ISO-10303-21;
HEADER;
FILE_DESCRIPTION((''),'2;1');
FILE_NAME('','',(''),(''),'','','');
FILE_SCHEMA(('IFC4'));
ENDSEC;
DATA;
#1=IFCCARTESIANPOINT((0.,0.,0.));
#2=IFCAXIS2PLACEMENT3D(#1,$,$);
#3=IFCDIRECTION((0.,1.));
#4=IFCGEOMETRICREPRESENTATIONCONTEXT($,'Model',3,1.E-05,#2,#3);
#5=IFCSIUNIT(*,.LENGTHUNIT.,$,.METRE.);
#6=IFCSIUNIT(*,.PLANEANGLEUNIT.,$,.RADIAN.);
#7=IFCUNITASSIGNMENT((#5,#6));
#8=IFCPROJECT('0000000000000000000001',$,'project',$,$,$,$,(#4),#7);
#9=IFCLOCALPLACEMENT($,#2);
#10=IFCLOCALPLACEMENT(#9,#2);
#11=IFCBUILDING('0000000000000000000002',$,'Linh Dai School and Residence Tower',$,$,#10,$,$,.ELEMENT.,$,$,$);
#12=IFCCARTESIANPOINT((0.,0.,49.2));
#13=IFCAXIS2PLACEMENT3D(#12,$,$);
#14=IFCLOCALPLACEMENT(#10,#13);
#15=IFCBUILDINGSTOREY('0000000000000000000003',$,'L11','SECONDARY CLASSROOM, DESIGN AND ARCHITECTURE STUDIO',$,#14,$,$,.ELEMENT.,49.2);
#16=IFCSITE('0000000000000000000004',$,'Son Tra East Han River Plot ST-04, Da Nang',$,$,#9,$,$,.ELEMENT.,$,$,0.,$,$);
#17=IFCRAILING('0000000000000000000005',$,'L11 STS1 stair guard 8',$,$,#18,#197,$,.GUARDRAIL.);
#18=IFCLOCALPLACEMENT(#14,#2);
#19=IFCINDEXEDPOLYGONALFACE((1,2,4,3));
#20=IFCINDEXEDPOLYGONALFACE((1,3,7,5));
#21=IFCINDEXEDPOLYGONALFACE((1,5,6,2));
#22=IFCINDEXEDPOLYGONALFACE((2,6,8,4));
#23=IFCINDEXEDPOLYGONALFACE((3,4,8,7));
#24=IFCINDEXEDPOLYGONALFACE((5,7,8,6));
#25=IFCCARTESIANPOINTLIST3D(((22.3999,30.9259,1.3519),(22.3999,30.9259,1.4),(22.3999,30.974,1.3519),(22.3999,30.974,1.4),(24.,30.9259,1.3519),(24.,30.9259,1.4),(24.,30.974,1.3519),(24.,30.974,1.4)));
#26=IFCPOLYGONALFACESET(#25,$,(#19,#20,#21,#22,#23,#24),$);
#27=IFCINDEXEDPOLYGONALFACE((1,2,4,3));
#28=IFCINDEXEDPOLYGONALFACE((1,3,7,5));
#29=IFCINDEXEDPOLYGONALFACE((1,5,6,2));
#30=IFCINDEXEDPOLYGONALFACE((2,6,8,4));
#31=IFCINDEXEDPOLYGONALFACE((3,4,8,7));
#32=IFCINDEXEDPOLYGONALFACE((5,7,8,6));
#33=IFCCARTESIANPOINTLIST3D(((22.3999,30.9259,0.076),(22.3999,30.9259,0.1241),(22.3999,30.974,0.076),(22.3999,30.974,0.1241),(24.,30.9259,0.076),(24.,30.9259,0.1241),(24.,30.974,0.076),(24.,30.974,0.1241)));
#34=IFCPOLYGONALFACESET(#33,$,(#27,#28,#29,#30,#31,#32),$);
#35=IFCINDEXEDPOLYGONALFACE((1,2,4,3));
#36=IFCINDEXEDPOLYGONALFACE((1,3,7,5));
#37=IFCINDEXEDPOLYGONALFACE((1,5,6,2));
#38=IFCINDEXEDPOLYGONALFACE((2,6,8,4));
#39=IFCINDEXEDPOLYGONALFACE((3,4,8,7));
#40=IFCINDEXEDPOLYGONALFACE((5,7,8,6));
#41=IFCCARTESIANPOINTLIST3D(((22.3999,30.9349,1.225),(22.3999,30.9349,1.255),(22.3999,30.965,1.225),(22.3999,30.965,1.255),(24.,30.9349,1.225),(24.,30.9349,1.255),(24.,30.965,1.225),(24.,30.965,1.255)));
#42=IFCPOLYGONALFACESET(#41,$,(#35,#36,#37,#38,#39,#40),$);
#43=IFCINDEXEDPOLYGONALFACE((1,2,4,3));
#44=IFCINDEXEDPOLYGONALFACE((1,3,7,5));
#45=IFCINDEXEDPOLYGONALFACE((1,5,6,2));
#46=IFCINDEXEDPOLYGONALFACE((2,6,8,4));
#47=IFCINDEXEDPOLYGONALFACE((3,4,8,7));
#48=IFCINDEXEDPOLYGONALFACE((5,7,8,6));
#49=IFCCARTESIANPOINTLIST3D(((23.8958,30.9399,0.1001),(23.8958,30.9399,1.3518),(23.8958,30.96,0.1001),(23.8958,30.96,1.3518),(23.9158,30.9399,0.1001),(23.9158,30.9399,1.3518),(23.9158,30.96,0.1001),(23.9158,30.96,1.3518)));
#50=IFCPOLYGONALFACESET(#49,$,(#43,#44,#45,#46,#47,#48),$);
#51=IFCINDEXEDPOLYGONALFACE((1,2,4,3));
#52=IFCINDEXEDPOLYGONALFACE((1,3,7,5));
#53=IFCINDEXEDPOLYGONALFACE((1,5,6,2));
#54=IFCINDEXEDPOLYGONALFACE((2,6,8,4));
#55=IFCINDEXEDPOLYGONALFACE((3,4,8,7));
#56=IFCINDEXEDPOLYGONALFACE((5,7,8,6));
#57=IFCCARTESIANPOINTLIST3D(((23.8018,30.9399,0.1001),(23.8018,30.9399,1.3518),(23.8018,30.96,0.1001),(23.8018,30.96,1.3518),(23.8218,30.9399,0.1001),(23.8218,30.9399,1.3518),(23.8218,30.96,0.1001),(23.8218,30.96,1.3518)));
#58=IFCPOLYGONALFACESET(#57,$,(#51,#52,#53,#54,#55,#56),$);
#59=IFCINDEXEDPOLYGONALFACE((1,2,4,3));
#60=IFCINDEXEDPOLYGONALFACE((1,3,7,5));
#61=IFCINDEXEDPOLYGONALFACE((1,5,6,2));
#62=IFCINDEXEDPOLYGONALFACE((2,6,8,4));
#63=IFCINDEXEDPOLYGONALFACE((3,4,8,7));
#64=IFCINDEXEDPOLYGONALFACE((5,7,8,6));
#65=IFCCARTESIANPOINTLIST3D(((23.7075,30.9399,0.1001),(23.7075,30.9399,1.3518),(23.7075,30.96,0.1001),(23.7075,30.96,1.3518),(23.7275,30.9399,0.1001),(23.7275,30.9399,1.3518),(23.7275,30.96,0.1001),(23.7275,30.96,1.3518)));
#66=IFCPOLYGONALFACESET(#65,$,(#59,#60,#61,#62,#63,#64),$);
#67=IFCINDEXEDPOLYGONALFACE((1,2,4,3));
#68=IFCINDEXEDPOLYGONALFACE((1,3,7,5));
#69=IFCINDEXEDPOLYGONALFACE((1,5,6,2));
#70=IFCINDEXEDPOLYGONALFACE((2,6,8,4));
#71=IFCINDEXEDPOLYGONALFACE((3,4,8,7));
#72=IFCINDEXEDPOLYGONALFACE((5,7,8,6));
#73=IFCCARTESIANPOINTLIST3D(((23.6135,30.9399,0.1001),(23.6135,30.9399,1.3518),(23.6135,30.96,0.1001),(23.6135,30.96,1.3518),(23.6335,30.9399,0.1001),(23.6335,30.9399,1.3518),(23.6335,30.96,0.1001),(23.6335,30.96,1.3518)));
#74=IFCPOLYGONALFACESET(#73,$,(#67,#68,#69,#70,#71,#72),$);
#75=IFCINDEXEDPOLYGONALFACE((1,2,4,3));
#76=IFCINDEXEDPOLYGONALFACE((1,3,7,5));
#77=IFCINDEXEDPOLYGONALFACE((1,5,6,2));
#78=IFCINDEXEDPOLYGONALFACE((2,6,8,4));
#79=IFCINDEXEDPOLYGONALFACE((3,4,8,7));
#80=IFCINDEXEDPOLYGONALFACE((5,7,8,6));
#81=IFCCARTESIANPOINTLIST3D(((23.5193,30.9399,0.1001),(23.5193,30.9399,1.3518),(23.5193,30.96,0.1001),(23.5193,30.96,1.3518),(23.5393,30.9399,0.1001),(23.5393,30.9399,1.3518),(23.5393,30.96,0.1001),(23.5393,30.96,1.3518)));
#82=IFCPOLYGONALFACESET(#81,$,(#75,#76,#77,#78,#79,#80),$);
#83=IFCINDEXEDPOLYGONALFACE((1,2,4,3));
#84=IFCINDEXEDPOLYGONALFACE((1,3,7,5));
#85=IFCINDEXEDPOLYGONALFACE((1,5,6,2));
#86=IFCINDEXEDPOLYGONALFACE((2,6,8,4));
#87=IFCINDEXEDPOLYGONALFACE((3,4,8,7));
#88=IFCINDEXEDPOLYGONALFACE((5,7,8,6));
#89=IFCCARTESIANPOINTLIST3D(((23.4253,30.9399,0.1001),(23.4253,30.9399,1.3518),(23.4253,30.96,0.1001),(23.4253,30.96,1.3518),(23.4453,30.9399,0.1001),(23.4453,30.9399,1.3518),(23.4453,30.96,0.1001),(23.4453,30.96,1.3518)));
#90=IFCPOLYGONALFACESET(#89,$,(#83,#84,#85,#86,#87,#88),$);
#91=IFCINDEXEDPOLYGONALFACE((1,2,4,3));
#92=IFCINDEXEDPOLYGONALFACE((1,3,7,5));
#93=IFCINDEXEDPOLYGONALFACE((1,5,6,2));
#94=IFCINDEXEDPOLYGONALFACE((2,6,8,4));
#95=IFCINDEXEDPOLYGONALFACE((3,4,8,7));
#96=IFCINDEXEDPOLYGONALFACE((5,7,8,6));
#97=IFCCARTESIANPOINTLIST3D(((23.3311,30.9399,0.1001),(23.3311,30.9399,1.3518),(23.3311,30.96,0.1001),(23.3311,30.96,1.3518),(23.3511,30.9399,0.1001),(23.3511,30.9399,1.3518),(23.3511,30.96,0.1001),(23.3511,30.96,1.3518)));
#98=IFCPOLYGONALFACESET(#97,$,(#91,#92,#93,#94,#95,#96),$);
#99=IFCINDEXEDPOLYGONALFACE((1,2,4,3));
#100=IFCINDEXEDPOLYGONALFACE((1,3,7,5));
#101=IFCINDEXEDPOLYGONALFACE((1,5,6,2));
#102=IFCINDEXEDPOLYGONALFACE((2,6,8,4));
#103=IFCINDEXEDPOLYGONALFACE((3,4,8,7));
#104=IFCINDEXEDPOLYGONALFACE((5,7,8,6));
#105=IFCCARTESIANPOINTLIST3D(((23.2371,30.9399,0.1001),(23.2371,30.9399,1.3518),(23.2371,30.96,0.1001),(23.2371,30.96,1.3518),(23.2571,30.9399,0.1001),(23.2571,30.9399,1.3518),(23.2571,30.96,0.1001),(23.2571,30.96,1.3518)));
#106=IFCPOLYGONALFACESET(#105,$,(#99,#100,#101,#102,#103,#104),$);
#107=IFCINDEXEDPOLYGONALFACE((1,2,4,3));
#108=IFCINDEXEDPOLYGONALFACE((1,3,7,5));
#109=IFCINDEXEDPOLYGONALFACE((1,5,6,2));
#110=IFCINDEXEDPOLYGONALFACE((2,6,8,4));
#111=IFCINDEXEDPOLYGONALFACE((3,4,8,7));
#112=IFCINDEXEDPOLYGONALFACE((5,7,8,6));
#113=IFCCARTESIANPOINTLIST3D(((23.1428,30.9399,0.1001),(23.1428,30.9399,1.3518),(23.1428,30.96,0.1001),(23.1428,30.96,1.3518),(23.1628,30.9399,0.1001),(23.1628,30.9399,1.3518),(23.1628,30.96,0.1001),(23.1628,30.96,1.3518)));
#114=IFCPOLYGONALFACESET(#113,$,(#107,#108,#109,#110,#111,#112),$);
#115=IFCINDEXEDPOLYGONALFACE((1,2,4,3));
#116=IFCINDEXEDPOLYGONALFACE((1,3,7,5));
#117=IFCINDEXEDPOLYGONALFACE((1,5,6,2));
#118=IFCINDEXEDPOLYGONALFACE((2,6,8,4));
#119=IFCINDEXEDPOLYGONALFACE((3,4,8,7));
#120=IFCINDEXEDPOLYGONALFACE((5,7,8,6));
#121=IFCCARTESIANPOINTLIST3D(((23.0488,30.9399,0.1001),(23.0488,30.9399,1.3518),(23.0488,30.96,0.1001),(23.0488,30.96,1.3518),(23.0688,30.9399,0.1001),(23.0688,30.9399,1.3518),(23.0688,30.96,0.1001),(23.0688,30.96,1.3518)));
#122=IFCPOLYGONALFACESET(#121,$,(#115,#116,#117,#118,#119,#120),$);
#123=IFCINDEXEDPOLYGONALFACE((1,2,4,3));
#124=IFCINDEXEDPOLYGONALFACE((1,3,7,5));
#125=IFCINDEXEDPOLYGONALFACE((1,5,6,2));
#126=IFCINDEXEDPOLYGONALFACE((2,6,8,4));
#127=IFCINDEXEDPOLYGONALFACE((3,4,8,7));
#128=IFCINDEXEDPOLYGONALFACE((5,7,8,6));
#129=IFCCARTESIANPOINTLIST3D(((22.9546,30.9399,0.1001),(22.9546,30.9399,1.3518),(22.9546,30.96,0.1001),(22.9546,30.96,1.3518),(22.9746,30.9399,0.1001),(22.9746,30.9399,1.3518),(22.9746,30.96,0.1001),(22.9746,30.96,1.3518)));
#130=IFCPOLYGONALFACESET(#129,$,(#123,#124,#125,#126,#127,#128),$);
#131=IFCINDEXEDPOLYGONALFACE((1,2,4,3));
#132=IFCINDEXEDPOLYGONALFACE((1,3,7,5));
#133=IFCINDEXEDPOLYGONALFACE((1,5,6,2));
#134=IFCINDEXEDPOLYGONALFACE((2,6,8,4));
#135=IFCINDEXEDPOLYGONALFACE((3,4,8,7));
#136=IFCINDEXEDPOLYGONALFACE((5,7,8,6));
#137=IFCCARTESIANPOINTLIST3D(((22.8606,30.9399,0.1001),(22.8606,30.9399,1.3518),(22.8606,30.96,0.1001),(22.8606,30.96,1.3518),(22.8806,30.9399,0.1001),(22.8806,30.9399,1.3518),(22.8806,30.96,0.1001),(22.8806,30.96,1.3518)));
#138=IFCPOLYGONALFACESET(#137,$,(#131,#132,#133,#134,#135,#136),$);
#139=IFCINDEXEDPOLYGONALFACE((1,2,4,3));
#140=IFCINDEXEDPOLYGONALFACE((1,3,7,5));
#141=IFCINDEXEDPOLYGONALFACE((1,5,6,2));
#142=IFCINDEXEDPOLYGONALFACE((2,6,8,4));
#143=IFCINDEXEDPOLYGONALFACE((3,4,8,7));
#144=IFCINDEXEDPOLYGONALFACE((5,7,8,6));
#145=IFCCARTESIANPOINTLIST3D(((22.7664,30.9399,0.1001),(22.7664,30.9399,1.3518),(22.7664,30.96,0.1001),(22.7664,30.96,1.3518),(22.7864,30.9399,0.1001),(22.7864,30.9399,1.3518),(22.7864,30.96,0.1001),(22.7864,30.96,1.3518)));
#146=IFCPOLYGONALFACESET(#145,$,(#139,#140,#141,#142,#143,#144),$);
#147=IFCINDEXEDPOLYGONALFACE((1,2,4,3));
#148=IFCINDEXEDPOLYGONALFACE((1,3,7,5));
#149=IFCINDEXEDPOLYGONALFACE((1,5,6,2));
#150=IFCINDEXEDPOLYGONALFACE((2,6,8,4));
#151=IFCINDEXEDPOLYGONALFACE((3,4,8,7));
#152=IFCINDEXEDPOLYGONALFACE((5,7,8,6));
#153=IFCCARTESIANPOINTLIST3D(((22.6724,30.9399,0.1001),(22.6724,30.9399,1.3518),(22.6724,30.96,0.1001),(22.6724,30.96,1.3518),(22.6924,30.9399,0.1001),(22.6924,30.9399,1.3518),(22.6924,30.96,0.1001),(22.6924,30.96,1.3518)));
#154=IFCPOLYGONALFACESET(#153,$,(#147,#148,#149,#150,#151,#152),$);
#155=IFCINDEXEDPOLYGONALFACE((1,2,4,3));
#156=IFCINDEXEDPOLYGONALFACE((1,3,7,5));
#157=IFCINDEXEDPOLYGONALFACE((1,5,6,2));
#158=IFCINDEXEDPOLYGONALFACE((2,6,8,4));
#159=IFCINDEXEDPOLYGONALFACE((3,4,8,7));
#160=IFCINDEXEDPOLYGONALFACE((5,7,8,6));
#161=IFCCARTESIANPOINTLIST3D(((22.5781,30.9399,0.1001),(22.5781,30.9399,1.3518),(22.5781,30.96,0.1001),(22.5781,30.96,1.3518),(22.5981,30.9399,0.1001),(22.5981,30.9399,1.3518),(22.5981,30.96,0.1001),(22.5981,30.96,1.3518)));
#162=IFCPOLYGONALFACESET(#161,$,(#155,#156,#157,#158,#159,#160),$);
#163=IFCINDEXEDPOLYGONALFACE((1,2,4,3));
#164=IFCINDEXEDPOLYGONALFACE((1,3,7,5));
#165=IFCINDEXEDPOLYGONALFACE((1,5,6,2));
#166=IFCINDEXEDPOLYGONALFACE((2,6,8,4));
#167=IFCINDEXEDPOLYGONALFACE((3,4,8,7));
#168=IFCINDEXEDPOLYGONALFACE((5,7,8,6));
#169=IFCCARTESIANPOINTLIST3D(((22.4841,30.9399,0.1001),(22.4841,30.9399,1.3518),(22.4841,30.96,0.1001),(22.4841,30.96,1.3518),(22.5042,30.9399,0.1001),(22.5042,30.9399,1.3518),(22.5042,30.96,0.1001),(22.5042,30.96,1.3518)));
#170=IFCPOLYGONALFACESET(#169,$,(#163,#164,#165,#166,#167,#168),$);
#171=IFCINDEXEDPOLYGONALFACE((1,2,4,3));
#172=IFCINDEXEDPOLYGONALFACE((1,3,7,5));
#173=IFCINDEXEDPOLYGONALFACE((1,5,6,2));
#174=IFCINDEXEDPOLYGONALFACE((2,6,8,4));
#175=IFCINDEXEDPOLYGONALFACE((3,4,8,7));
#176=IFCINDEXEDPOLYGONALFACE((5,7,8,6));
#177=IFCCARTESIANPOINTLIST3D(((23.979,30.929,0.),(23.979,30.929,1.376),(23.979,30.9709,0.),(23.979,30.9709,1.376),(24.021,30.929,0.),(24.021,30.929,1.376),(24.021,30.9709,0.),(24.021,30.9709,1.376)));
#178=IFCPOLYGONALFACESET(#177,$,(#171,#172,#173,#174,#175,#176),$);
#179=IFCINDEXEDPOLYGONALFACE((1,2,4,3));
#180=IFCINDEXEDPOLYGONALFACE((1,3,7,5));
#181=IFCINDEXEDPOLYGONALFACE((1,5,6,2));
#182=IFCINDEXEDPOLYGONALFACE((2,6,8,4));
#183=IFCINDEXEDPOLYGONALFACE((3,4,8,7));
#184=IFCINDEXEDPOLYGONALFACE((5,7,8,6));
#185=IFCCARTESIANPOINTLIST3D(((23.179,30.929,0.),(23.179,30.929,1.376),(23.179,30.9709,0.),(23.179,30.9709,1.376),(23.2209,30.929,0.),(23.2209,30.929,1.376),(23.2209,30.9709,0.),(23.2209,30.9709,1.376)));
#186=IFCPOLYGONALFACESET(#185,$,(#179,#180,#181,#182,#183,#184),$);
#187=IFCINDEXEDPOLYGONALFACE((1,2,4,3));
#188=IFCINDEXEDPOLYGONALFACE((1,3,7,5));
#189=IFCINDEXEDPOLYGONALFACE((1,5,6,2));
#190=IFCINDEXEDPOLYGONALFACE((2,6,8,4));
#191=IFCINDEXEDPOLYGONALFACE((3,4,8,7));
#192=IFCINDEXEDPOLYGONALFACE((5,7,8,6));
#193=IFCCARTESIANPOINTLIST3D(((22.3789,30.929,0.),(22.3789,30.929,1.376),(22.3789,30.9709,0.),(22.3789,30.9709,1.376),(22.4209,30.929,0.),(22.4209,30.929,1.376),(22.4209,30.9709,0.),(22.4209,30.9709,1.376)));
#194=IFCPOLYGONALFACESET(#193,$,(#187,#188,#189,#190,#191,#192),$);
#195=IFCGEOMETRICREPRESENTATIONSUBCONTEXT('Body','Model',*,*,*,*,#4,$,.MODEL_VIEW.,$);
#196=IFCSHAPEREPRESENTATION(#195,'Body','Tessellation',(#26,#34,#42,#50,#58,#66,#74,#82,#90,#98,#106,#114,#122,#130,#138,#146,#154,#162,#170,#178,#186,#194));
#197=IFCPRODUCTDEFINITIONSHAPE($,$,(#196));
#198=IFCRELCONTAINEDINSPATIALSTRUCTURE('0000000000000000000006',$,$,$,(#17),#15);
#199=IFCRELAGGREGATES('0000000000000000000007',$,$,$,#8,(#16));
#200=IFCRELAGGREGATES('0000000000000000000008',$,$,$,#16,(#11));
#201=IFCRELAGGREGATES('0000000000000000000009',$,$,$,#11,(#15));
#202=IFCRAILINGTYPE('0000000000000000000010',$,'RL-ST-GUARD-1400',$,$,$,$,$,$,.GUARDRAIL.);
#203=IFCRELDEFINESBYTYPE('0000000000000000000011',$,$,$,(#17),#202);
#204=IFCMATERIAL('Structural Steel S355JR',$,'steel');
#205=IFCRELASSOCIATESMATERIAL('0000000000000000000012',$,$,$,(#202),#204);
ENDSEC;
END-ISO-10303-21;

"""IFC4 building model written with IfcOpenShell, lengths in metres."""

from ifc_helpers import new_model, si_unit, direction, frame, origin, origin_2d, place, context, subcontext, project, spatial, rectangle, extrude, source, transform, mapped, material, type_object, element, save


model = new_model("IFC4")

# Units and contexts
model_context = context("Model", 3, precision=1e-05, world=origin(), true_north=direction((0.0, 1.0)))
body_context = subcontext(model_context, "Body", "Model", "MODEL_VIEW")
ifc_project = project(units=[si_unit("LENGTHUNIT", "METRE"), si_unit("PLANEANGLEUNIT", "RADIAN")], contexts=[model_context])

# Site, building, storey
site_placement = place(None, origin())
site = spatial("IfcSite", under=ifc_project, at=site_placement, Name="Son Tra East Han River Plot ST-04, Da Nang", CompositionType="ELEMENT", RefElevation=0.0)
building_placement = place(site_placement, origin())
building = spatial("IfcBuilding", under=site, at=building_placement, Name="Linh Dai School and Residence Tower", CompositionType="ELEMENT")
storey_placement = place(building_placement, frame((0.0, 0.0, 49.2)))
storey = spatial("IfcBuildingStorey", under=building, at=storey_placement, Name="L11", Description="SECONDARY CLASSROOM, DESIGN AND ARCHITECTURE STUDIO", CompositionType="ELEMENT", Elevation=49.2)

# Shared definitions
ifc_material_1 = material(Name="Structural Steel S355JR", Category="steel")

# Railing
railing_type_1 = type_object("IfcRailingType", Name="RL-ST-GUARD-1400", PredefinedType="GUARDRAIL", material=ifc_material_1)
shared_shape_1 = source(origin(), body_context, "Body", "SweptSolid", [
    extrude(rectangle(XDim=0.0481, YDim=0.0481, at=origin_2d()), frame((0.0, 0.0, 1.376), z_axis=(-1.0, 0.0, 0.0), x_axis=(0.0, -1.0, 0.0)), (0.0, 0.0, 1.0), 1.6001),
    extrude(rectangle(XDim=0.0481, YDim=0.0481, at=origin_2d()), frame((0.0, 0.0, 0.1001), z_axis=(-1.0, 0.0, 0.0), x_axis=(0.0, -1.0, 0.0)), (0.0, 0.0, 1.0), 1.6001),
    extrude(rectangle(XDim=0.03, YDim=0.03, at=origin_2d()), frame((0.0, 0.0, 1.24), z_axis=(-1.0, 0.0, 0.0), x_axis=(0.0, -1.0, 0.0)), (0.0, 0.0, 1.0), 1.6001),
    extrude(rectangle(XDim=0.02, YDim=0.02, at=origin_2d()), frame((-0.0942, 0.0, 0.1001)), (0.0, 0.0, 1.0), 1.2517),
    extrude(rectangle(XDim=0.02, YDim=0.02, at=origin_2d()), frame((-0.1882, 0.0, 0.1001)), (0.0, 0.0, 1.0), 1.2517),
    extrude(rectangle(XDim=0.02, YDim=0.02, at=origin_2d()), frame((-0.2825, 0.0, 0.1001)), (0.0, 0.0, 1.0), 1.2517),
    extrude(rectangle(XDim=0.02, YDim=0.02, at=origin_2d()), frame((-0.3765, 0.0, 0.1001)), (0.0, 0.0, 1.0), 1.2517),
    extrude(rectangle(XDim=0.02, YDim=0.02, at=origin_2d()), frame((-0.4707, 0.0, 0.1001)), (0.0, 0.0, 1.0), 1.2517),
    extrude(rectangle(XDim=0.02, YDim=0.02, at=origin_2d()), frame((-0.5647, 0.0, 0.1001)), (0.0, 0.0, 1.0), 1.2517),
    extrude(rectangle(XDim=0.02, YDim=0.02, at=origin_2d()), frame((-0.6589, 0.0, 0.1001)), (0.0, 0.0, 1.0), 1.2517),
    extrude(rectangle(XDim=0.02, YDim=0.02, at=origin_2d()), frame((-0.7529, 0.0, 0.1001)), (0.0, 0.0, 1.0), 1.2517),
    extrude(rectangle(XDim=0.02, YDim=0.02, at=origin_2d()), frame((-0.8472, 0.0, 0.1001)), (0.0, 0.0, 1.0), 1.2517),
    extrude(rectangle(XDim=0.02, YDim=0.02, at=origin_2d()), frame((-0.9412, 0.0, 0.1001)), (0.0, 0.0, 1.0), 1.2517),
    extrude(rectangle(XDim=0.02, YDim=0.02, at=origin_2d()), frame((-1.0354, 0.0, 0.1001)), (0.0, 0.0, 1.0), 1.2517),
    extrude(rectangle(XDim=0.02, YDim=0.02, at=origin_2d()), frame((-1.1294, 0.0, 0.1001)), (0.0, 0.0, 1.0), 1.2517),
    extrude(rectangle(XDim=0.02, YDim=0.02, at=origin_2d()), frame((-1.2236, 0.0, 0.1001)), (0.0, 0.0, 1.0), 1.2517),
    extrude(rectangle(XDim=0.02, YDim=0.02, at=origin_2d()), frame((-1.3176, 0.0, 0.1001)), (0.0, 0.0, 1.0), 1.2517),
    extrude(rectangle(XDim=0.02, YDim=0.02, at=origin_2d()), frame((-1.4119, 0.0, 0.1001)), (0.0, 0.0, 1.0), 1.2517),
    extrude(rectangle(XDim=0.02, YDim=0.02, at=origin_2d()), frame((-1.5059, 0.0, 0.1001)), (0.0, 0.0, 1.0), 1.2517),
    extrude(rectangle(XDim=0.042, YDim=0.042, at=origin_2d()), origin(), (0.0, 0.0, 1.0), 1.376),
    extrude(rectangle(XDim=0.042, YDim=0.042, at=origin_2d()), frame((-0.8, 0.0, 0.0)), (0.0, 0.0, 1.0), 1.376),
    extrude(rectangle(XDim=0.042, YDim=0.042, at=origin_2d()), frame((-1.6001, 0.0, 0.0)), (0.0, 0.0, 1.0), 1.376),
])
for number, where, name in (
    (1, (24.0, 30.95, 0.0), "L11 STS1 stair guard 8"),
):
    element("IfcRailing", number, at=place(storey_placement, frame(where)), inside=storey, type_object=railing_type_1, Name=name, PredefinedType="GUARDRAIL", context=body_context, shape_type="MappedRepresentation", body=[
        mapped(shared_shape_1, transform((0.0, 0.0, 0.0), x_axis=(1.0, 0.0, 0.0), y_axis=(0.0, 1.0, 0.0), z_axis=(0.0, 0.0, 1.0), scale=1.0)),
    ])

save(model, "model.ifc")
